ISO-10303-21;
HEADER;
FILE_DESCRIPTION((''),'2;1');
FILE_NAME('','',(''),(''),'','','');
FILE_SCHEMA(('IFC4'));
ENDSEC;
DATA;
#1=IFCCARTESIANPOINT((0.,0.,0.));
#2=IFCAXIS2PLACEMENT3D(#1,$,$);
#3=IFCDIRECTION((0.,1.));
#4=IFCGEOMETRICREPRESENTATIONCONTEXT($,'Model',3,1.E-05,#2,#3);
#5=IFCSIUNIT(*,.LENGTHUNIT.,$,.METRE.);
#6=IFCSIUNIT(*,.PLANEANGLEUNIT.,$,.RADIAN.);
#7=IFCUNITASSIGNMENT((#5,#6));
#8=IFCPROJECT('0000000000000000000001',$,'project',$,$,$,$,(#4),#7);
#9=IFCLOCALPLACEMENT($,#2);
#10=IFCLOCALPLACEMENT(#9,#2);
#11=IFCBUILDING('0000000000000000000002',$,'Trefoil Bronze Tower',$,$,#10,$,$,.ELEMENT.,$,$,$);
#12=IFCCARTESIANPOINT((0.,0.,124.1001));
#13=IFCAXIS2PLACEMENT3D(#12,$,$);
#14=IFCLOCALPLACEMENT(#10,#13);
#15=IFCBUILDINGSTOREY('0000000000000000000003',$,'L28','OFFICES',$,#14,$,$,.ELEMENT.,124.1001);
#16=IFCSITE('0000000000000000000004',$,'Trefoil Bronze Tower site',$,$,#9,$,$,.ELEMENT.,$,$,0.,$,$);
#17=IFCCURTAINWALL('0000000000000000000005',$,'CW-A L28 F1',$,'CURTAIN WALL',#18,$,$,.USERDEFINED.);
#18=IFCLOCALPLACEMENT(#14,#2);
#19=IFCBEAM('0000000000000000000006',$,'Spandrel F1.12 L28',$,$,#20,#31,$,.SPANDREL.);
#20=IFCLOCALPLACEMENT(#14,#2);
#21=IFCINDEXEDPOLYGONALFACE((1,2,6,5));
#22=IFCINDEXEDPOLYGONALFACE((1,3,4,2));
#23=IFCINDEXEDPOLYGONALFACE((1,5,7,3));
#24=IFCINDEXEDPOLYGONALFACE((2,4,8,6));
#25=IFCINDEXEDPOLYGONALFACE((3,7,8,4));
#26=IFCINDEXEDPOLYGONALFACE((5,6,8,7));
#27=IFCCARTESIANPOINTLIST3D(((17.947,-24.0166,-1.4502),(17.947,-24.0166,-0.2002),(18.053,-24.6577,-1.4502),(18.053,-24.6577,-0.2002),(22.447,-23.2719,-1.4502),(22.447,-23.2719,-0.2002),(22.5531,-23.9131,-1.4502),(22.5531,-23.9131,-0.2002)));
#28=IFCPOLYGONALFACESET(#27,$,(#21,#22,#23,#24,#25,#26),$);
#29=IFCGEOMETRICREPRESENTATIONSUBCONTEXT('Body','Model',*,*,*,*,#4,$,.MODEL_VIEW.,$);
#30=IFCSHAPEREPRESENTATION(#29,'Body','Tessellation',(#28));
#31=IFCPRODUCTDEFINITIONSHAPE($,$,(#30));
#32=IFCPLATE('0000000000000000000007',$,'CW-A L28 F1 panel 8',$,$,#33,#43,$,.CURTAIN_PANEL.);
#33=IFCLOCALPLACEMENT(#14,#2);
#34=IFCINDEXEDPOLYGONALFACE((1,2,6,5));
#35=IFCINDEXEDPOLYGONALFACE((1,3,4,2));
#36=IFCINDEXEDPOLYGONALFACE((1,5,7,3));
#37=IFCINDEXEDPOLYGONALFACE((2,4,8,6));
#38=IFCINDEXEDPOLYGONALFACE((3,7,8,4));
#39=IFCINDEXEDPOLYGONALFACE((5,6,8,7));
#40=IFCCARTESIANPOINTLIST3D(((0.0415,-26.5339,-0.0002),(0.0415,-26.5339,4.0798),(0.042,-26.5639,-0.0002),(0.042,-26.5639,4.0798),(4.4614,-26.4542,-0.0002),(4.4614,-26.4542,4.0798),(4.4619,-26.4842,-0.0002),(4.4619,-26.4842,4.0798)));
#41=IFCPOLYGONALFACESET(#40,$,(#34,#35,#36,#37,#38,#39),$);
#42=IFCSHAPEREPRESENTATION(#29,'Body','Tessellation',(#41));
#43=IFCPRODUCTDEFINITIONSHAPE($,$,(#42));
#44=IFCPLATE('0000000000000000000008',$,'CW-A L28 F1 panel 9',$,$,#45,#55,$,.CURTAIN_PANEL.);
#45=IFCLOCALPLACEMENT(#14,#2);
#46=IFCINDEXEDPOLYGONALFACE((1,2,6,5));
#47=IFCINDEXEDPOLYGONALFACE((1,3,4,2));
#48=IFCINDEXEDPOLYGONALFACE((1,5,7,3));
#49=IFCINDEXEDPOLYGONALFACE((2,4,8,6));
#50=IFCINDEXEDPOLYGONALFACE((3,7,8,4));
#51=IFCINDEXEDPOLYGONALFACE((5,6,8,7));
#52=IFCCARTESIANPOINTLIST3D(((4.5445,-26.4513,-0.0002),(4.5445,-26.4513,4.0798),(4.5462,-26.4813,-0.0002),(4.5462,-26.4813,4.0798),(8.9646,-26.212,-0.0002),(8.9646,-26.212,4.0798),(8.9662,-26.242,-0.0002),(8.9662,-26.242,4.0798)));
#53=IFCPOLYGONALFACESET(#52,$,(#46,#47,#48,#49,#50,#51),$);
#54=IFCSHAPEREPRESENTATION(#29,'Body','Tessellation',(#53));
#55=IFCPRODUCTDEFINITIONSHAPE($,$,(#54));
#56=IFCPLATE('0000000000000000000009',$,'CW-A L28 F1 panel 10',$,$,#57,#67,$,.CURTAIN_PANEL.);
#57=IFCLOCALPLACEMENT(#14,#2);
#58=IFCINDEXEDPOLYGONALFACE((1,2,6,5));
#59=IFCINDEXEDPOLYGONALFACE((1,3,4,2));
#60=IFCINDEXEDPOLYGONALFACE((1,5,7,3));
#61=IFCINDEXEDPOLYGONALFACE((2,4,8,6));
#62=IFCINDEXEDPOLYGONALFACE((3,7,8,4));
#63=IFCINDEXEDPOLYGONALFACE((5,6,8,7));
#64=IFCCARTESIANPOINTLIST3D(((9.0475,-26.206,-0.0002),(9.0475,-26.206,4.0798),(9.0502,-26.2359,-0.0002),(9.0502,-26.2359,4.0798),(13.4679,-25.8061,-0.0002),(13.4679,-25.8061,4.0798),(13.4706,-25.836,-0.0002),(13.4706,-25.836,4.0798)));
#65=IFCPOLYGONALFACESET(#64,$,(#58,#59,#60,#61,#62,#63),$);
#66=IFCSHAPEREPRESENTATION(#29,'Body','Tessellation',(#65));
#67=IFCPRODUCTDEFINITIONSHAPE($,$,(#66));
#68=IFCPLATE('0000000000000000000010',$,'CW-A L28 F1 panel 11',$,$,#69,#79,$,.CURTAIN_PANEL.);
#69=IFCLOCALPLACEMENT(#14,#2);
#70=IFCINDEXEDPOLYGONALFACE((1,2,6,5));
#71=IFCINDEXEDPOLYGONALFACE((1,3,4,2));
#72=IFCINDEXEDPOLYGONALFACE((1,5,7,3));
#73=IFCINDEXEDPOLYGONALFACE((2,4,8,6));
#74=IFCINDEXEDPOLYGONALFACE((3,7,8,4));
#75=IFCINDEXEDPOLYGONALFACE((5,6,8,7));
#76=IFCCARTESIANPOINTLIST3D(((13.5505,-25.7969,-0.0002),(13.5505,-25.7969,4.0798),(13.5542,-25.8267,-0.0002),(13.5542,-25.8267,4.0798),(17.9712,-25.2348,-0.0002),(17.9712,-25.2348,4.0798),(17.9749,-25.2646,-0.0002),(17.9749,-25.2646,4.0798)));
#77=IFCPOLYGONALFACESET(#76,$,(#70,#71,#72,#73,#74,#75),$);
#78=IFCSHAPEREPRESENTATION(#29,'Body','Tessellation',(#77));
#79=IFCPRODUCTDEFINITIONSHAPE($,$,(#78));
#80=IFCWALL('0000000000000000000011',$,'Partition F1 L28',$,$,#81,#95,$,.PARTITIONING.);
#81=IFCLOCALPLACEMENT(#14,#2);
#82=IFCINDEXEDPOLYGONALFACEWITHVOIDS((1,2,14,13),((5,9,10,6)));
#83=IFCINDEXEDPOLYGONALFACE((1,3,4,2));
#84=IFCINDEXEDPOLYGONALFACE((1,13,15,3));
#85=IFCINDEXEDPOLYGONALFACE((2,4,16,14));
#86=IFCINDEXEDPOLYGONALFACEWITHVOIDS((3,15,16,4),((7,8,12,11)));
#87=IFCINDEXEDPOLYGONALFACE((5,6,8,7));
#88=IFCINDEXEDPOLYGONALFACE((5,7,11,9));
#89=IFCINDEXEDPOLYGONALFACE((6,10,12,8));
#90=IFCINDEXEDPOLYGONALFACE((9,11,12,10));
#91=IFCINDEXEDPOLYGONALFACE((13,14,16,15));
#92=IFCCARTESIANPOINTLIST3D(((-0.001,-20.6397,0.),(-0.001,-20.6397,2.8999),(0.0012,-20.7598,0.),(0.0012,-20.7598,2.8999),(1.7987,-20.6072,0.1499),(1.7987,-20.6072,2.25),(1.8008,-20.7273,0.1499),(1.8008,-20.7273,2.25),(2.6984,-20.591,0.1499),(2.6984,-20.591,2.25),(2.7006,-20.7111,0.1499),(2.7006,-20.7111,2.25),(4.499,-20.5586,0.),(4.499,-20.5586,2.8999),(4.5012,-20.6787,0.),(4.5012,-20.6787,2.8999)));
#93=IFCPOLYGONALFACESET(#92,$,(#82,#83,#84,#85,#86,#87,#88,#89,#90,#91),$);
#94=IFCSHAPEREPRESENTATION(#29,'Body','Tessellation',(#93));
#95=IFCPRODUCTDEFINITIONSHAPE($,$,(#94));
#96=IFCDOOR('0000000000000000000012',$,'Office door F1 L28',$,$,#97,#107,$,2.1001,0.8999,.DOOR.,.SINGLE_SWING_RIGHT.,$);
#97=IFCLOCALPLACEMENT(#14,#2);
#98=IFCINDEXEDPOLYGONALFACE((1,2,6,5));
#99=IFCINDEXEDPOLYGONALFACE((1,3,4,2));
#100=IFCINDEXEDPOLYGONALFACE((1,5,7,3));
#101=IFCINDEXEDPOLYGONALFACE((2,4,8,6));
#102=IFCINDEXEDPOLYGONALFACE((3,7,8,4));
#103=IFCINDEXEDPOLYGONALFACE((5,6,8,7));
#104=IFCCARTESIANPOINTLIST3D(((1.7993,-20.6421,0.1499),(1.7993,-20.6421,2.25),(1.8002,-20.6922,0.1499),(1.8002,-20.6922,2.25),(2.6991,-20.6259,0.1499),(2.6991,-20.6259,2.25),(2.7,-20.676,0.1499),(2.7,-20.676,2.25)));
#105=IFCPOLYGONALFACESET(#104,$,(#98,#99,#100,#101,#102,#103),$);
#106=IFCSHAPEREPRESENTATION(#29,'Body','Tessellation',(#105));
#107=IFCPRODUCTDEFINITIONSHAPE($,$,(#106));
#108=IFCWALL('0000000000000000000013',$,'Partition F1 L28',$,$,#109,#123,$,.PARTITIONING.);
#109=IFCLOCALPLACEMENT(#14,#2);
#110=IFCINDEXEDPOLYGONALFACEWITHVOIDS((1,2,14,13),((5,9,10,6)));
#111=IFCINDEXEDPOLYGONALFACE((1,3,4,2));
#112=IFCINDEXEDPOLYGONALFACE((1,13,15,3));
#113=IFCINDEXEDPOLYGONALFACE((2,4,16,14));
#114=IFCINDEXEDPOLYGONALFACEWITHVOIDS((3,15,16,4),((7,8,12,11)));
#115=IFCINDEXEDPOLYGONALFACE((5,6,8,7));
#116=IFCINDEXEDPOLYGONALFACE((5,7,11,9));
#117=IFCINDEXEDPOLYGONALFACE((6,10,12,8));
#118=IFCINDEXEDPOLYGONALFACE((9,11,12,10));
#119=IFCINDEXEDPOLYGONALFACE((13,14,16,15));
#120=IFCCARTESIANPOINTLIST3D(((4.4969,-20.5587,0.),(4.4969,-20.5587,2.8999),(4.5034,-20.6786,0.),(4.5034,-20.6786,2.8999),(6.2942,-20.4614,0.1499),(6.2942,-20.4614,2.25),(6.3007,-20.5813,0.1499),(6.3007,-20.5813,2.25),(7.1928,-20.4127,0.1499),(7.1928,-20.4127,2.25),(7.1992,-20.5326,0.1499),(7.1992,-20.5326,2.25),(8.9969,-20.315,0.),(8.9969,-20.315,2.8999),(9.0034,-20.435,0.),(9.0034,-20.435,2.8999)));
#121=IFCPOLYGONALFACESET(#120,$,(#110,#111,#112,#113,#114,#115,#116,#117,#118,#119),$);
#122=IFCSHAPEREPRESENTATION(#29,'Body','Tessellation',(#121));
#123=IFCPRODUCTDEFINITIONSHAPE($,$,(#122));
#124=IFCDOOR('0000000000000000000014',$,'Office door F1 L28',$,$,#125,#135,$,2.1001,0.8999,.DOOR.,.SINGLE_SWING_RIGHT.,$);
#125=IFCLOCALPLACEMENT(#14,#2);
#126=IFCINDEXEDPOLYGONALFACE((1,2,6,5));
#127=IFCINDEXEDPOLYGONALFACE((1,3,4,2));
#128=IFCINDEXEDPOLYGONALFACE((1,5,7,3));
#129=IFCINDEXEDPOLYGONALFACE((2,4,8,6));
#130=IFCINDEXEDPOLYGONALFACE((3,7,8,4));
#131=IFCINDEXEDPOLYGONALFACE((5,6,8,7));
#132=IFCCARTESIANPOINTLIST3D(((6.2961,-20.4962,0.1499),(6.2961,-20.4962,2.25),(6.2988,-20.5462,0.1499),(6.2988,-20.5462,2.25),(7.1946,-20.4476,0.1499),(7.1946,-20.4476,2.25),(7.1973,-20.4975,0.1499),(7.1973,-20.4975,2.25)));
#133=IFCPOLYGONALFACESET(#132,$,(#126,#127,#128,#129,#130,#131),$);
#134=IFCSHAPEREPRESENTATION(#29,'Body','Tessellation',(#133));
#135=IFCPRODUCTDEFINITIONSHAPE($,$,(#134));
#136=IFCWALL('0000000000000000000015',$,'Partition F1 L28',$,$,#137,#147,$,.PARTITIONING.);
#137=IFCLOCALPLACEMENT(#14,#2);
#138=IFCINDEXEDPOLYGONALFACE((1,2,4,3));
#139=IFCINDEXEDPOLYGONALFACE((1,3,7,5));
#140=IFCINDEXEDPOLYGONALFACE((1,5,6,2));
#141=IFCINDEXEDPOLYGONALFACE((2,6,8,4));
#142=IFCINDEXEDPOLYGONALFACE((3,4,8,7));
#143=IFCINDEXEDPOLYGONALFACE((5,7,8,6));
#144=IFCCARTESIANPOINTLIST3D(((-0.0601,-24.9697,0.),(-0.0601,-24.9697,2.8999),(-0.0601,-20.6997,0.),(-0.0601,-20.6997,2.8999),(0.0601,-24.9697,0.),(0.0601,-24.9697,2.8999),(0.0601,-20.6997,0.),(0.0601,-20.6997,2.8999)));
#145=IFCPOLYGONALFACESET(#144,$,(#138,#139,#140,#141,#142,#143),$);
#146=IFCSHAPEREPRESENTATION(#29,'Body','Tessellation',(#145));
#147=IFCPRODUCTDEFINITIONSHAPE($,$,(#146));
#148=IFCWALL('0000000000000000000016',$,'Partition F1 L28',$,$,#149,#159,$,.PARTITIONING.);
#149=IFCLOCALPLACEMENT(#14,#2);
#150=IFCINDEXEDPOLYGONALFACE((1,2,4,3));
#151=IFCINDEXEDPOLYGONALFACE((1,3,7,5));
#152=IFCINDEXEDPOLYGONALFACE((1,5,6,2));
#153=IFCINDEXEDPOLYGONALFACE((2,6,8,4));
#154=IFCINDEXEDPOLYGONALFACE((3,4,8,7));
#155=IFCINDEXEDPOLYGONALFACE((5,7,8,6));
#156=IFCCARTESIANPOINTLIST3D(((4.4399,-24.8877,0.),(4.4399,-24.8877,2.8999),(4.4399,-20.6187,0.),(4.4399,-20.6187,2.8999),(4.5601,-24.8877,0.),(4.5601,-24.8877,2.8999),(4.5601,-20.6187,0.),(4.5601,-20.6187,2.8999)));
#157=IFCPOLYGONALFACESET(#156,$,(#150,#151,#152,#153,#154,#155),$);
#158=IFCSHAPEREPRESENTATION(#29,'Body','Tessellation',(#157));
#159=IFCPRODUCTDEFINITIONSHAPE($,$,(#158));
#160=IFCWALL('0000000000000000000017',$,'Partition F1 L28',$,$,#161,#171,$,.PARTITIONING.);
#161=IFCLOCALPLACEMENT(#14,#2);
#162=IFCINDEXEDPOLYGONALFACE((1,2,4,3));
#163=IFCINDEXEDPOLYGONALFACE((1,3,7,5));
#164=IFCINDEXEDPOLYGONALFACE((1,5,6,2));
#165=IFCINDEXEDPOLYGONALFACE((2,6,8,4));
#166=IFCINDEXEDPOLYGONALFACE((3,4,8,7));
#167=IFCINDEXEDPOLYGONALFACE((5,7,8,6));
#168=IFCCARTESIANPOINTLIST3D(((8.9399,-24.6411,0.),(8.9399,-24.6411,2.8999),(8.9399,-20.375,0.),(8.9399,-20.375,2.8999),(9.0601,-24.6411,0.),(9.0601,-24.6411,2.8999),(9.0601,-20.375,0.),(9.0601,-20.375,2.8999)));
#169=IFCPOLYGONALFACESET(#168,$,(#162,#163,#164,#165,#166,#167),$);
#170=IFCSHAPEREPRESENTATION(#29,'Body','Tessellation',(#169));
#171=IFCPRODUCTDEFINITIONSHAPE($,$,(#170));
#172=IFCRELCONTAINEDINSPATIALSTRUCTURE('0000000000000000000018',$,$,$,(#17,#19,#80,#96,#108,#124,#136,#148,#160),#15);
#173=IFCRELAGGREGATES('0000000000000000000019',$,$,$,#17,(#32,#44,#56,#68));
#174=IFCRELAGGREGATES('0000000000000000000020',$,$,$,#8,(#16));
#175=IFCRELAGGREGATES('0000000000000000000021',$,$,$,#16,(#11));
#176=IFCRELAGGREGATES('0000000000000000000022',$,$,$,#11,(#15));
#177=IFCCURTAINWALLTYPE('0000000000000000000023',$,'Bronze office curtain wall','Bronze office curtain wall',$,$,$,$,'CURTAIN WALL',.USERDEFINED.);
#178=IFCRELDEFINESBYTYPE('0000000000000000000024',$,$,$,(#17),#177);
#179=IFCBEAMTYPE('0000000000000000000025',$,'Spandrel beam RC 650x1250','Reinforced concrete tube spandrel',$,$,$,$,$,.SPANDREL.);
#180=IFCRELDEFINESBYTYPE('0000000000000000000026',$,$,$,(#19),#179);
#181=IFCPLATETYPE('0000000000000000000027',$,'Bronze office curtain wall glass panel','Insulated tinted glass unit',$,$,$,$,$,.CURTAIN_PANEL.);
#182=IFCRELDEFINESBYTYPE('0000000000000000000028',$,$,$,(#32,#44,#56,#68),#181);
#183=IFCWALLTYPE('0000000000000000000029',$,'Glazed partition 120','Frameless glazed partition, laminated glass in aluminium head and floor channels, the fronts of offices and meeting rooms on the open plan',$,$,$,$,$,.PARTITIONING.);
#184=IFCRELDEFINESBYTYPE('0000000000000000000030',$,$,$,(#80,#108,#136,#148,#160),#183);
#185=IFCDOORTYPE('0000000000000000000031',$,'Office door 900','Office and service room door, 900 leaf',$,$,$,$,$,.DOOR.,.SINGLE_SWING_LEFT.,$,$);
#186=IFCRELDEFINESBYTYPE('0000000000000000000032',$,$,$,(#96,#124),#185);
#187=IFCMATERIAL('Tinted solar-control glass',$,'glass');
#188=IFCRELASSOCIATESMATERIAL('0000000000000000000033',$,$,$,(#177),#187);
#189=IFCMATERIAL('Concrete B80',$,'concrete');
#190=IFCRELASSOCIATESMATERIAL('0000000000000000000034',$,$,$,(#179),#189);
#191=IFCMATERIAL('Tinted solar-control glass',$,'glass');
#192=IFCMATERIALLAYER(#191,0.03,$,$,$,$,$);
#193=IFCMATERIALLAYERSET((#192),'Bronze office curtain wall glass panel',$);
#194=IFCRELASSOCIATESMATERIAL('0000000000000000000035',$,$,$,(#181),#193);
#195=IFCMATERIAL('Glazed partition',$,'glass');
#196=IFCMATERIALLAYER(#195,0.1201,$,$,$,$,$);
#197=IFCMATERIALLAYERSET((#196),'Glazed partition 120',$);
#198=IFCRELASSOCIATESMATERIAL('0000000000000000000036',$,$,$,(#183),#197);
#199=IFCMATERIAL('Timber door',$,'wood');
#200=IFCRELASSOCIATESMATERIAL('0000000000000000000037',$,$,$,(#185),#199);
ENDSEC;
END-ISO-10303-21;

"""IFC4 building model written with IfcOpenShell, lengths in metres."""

from ifc_helpers import new_model, si_unit, direction, frame, frame_2d, origin, origin_2d, place, context, subcontext, project, spatial, rectangle, extrude, material, layer, layer_set, material_profile, profile_set, type_object, element, fill, aggregate, save


model = new_model("IFC4")

# Units and contexts
model_context = context("Model", 3, precision=1e-05, world=origin(), true_north=direction((0.0, 1.0)))
body_context = subcontext(model_context, "Body", "Model", "MODEL_VIEW")
ifc_project = project(units=[si_unit("LENGTHUNIT", "METRE"), si_unit("PLANEANGLEUNIT", "RADIAN")], contexts=[model_context])

# Site, building, storey
site_placement = place(None, origin())
site = spatial("IfcSite", under=ifc_project, at=site_placement, Name="Trefoil Bronze Tower site", CompositionType="ELEMENT", RefElevation=0.0)
building_placement = place(site_placement, origin())
building = spatial("IfcBuilding", under=site, at=building_placement, Name="Trefoil Bronze Tower", CompositionType="ELEMENT")
storey_placement = place(building_placement, frame((0.0, 0.0, 124.1001)))
storey = spatial("IfcBuildingStorey", under=building, at=storey_placement, Name="L28", Description="OFFICES", CompositionType="ELEMENT", Elevation=124.1001)

# Curtain wall
ifc_material_1 = material(Name="Tinted solar-control glass", Category="glass")
curtain_wall_type = type_object("IfcCurtainWallType", Name="Bronze office curtain wall", Description="Bronze office curtain wall", ElementType="CURTAIN WALL", PredefinedType="USERDEFINED", material=ifc_material_1)
curtain_wall_placement = place(storey_placement, origin())
curtain_wall = element("IfcCurtainWall", 1, at=curtain_wall_placement, inside=storey, type_object=curtain_wall_type, Name="CW-A L28 F1", ObjectType="CURTAIN WALL", PredefinedType="USERDEFINED")

# Beam
ifc_material_2 = material(Name="Concrete B80", Category="concrete")
ifc_material_profile_1 = material_profile(ifc_material_2, rectangle(XDim=0.6499, YDim=1.25, at=origin_2d()), Name="RC 650x1250")
ifc_profile_set_1 = profile_set([ifc_material_profile_1], Name="Concrete B80")
beam_type_1 = type_object("IfcBeamType", Name="Spandrel beam RC 650x1250", Description="Reinforced concrete tube spandrel", PredefinedType="SPANDREL", material=ifc_profile_set_1)
beam_1_placement = place(storey_placement, frame((18.0, -24.3372, -0.8252), z_axis=(0.986584, 0.163253, 0.0), x_axis=(-0.163253, 0.986584, 0.0)))
element("IfcBeam", 2, at=beam_1_placement, inside=storey, type_object=beam_type_1, Name="Spandrel F1.12 L28", PredefinedType="SPANDREL", context=body_context, shape_type="SweptSolid", body=[
    extrude(rectangle(XDim=0.6499, YDim=1.25, at=origin_2d()), origin(), (0.0, 0.0, 1.0), 4.5613),
])

# Plates
ifc_material_3 = material(Name="Tinted solar-control glass", Category="glass")
ifc_layer_1 = layer(ifc_material_3, 0.03)
ifc_layer_set_1 = layer_set([ifc_layer_1], Name="Bronze office curtain wall glass panel")
plate_type = type_object("IfcPlateType", Name="Bronze office curtain wall glass panel", Description="Insulated tinted glass unit", PredefinedType="CURTAIN_PANEL", material=ifc_layer_set_1)
plate_1_placement = place(storey_placement, frame((2.2517, -26.509, -0.0002), z_axis=(0.0, 0.0, 1.0), x_axis=(0.999838, 0.018021, 0.0)))
plate_1 = element("IfcPlate", 3, at=plate_1_placement, type_object=plate_type, Name="CW-A L28 F1 panel 8", PredefinedType="CURTAIN_PANEL", context=body_context, shape_type="SweptSolid", body=[
    extrude(rectangle(XDim=4.4207, YDim=0.03, at=origin_2d()), origin(), (0.0, 0.0, 1.0), 4.0801),
])
plate_2_placement = place(storey_placement, frame((6.7554, -26.3467, -0.0002), z_axis=(0.0, 0.0, 1.0), x_axis=(0.998538, 0.054063, 0.0)))
plate_2 = element("IfcPlate", 4, at=plate_2_placement, type_object=plate_type, Name="CW-A L28 F1 panel 9", PredefinedType="CURTAIN_PANEL", context=body_context, shape_type="SweptSolid", body=[
    extrude(rectangle(XDim=4.4265, YDim=0.03, at=origin_2d()), origin(), (0.0, 0.0, 1.0), 4.0801),
])
plate_3_placement = place(storey_placement, frame((11.259, -26.021, -0.0002), z_axis=(0.0, 0.0, 1.0), x_axis=(0.995932, 0.090105, 0.0)))
plate_3 = element("IfcPlate", 5, at=plate_3_placement, type_object=plate_type, Name="CW-A L28 F1 panel 10", PredefinedType="CURTAIN_PANEL", context=body_context, shape_type="SweptSolid", body=[
    extrude(rectangle(XDim=4.4385, YDim=0.03, at=origin_2d()), origin(), (0.0, 0.0, 1.0), 4.0801),
])
plate_4_placement = place(storey_placement, frame((15.7627, -25.5308, -0.0002), z_axis=(0.0, 0.0, 1.0), x_axis=(0.992012, 0.126147, 0.0)))
plate_4 = element("IfcPlate", 6, at=plate_4_placement, type_object=plate_type, Name="CW-A L28 F1 panel 11", PredefinedType="CURTAIN_PANEL", context=body_context, shape_type="SweptSolid", body=[
    extrude(rectangle(XDim=4.4563, YDim=0.03, at=origin_2d()), origin(), (0.0, 0.0, 1.0), 4.0801),
])
aggregate(curtain_wall, [plate_1, plate_2, plate_3, plate_4])

# Walls, openings, doors
ifc_material_4 = material(Name="Glazed partition", Category="glass")
ifc_layer_2 = layer(ifc_material_4, 0.1201)
ifc_layer_set_2 = layer_set([ifc_layer_2], Name="Glazed partition 120")
wall_type = type_object("IfcWallType", Name="Glazed partition 120", Description="Frameless glazed partition, laminated glass in aluminium head and floor channels, the fronts of offices and meeting rooms on the open plan", PredefinedType="PARTITIONING", material=ifc_layer_set_2)
wall_1_placement = place(storey_placement, frame((0.0, -20.6997, 0.0), z_axis=(0.0, 0.0, 1.0), x_axis=(0.999838, 0.018009, 0.0)))
wall_1 = element("IfcWall", 7, at=wall_1_placement, inside=storey, type_object=wall_type, Name="Partition F1 L28", PredefinedType="PARTITIONING", context=body_context, shape_type="SweptSolid", body=[
    extrude(rectangle(XDim=4.5007, YDim=0.1201, at=frame_2d((2.2505, 0.0))), origin(), (0.0, 0.0, 1.0), 2.8999),
])
opening_1_placement = place(wall_1_placement, frame((1.8, 0.0, 0.1499)))
opening_1 = element("IfcOpeningElement", 8, at=opening_1_placement, cuts=wall_1, PredefinedType="OPENING", context=body_context, shape_type="SweptSolid", body=[
    extrude(rectangle(XDim=0.8999, YDim=2.1001, at=frame_2d((0.45, 1.05))), frame((0.0, 0.0701, 0.0), z_axis=(0.0, -1.0, 0.0), x_axis=(1.0, 0.0, 0.0)), (0.0, 0.0, 1.0), 0.1401),
])
ifc_material_5 = material(Name="Timber door", Category="wood")
door_type = type_object("IfcDoorType", Name="Office door 900", Description="Office and service room door, 900 leaf", OperationType="SINGLE_SWING_LEFT", PredefinedType="DOOR", material=ifc_material_5)
door_1_placement = place(opening_1_placement, frame((0.8999, 0.0, 0.0), z_axis=(0.0, 0.0, 1.0), x_axis=(-1.0, 0.0, 0.0)))
door_1 = element("IfcDoor", 9, at=door_1_placement, inside=storey, type_object=door_type, Name="Office door F1 L28", OperationType="SINGLE_SWING_RIGHT", OverallHeight=2.1001, OverallWidth=0.8999, PredefinedType="DOOR", context=body_context, shape_type="SweptSolid", body=[
    extrude(rectangle(XDim=0.8999, YDim=2.1001, at=frame_2d((0.45, 1.05))), frame((0.0, 0.0249, 0.0), z_axis=(0.0, -1.0, 0.0), x_axis=(1.0, 0.0, 0.0)), (0.0, 0.0, 1.0), 0.05),
])
fill(opening_1, door_1)
wall_2_placement = place(storey_placement, frame((4.5, -20.6187, 0.0), z_axis=(0.0, 0.0, 1.0), x_axis=(0.998537, 0.054066, 0.0)))
wall_2 = element("IfcWall", 10, at=wall_2_placement, inside=storey, type_object=wall_type, Name="Partition F1 L28", PredefinedType="PARTITIONING", context=body_context, shape_type="SweptSolid", body=[
    extrude(rectangle(XDim=4.5066, YDim=0.1201, at=frame_2d((2.2534, 0.0))), origin(), (0.0, 0.0, 1.0), 2.8999),
])
opening_2_placement = place(wall_2_placement, frame((1.8, 0.0, 0.1499)))
opening_2 = element("IfcOpeningElement", 11, at=opening_2_placement, cuts=wall_2, PredefinedType="OPENING", context=body_context, shape_type="SweptSolid", body=[
    extrude(rectangle(XDim=0.8999, YDim=2.1001, at=frame_2d((0.45, 1.05))), frame((0.0, 0.0701, 0.0), z_axis=(0.0, -1.0, 0.0), x_axis=(1.0, 0.0, 0.0)), (0.0, 0.0, 1.0), 0.1401),
])
door_2_placement = place(opening_2_placement, frame((0.8999, 0.0, 0.0), z_axis=(0.0, 0.0, 1.0), x_axis=(-1.0, 0.0, 0.0)))
door_2 = element("IfcDoor", 12, at=door_2_placement, inside=storey, type_object=door_type, Name="Office door F1 L28", OperationType="SINGLE_SWING_RIGHT", OverallHeight=2.1001, OverallWidth=0.8999, PredefinedType="DOOR", context=body_context, shape_type="SweptSolid", body=[
    extrude(rectangle(XDim=0.8999, YDim=2.1001, at=frame_2d((0.45, 1.05))), frame((0.0, 0.0249, 0.0), z_axis=(0.0, -1.0, 0.0), x_axis=(1.0, 0.0, 0.0)), (0.0, 0.0, 1.0), 0.05),
])
fill(opening_2, door_2)

# Walls
wall_3_placement = place(storey_placement, frame((0.0, -20.6997, 0.0), z_axis=(0.0, 0.0, 1.0), x_axis=(0.0, -1.0, 0.0)))
element("IfcWall", 13, at=wall_3_placement, inside=storey, type_object=wall_type, Name="Partition F1 L28", PredefinedType="PARTITIONING", context=body_context, shape_type="SweptSolid", body=[
    extrude(rectangle(XDim=4.27, YDim=0.1201, at=frame_2d((2.135, 0.0))), origin(), (0.0, 0.0, 1.0), 2.8999),
])
wall_4_placement = place(storey_placement, frame((4.5, -20.6187, 0.0), z_axis=(0.0, 0.0, 1.0), x_axis=(0.0, -1.0, 0.0)))
element("IfcWall", 14, at=wall_4_placement, inside=storey, type_object=wall_type, Name="Partition F1 L28", PredefinedType="PARTITIONING", context=body_context, shape_type="SweptSolid", body=[
    extrude(rectangle(XDim=4.269, YDim=0.1201, at=frame_2d((2.1345, 0.0))), origin(), (0.0, 0.0, 1.0), 2.8999),
])
wall_5_placement = place(storey_placement, frame((9.0, -20.375, 0.0), z_axis=(0.0, 0.0, 1.0), x_axis=(0.0, -1.0, 0.0)))
element("IfcWall", 15, at=wall_5_placement, inside=storey, type_object=wall_type, Name="Partition F1 L28", PredefinedType="PARTITIONING", context=body_context, shape_type="SweptSolid", body=[
    extrude(rectangle(XDim=4.2661, YDim=0.1201, at=frame_2d((2.1331, 0.0))), origin(), (0.0, 0.0, 1.0), 2.8999),
])

save(model, "model.ifc")
